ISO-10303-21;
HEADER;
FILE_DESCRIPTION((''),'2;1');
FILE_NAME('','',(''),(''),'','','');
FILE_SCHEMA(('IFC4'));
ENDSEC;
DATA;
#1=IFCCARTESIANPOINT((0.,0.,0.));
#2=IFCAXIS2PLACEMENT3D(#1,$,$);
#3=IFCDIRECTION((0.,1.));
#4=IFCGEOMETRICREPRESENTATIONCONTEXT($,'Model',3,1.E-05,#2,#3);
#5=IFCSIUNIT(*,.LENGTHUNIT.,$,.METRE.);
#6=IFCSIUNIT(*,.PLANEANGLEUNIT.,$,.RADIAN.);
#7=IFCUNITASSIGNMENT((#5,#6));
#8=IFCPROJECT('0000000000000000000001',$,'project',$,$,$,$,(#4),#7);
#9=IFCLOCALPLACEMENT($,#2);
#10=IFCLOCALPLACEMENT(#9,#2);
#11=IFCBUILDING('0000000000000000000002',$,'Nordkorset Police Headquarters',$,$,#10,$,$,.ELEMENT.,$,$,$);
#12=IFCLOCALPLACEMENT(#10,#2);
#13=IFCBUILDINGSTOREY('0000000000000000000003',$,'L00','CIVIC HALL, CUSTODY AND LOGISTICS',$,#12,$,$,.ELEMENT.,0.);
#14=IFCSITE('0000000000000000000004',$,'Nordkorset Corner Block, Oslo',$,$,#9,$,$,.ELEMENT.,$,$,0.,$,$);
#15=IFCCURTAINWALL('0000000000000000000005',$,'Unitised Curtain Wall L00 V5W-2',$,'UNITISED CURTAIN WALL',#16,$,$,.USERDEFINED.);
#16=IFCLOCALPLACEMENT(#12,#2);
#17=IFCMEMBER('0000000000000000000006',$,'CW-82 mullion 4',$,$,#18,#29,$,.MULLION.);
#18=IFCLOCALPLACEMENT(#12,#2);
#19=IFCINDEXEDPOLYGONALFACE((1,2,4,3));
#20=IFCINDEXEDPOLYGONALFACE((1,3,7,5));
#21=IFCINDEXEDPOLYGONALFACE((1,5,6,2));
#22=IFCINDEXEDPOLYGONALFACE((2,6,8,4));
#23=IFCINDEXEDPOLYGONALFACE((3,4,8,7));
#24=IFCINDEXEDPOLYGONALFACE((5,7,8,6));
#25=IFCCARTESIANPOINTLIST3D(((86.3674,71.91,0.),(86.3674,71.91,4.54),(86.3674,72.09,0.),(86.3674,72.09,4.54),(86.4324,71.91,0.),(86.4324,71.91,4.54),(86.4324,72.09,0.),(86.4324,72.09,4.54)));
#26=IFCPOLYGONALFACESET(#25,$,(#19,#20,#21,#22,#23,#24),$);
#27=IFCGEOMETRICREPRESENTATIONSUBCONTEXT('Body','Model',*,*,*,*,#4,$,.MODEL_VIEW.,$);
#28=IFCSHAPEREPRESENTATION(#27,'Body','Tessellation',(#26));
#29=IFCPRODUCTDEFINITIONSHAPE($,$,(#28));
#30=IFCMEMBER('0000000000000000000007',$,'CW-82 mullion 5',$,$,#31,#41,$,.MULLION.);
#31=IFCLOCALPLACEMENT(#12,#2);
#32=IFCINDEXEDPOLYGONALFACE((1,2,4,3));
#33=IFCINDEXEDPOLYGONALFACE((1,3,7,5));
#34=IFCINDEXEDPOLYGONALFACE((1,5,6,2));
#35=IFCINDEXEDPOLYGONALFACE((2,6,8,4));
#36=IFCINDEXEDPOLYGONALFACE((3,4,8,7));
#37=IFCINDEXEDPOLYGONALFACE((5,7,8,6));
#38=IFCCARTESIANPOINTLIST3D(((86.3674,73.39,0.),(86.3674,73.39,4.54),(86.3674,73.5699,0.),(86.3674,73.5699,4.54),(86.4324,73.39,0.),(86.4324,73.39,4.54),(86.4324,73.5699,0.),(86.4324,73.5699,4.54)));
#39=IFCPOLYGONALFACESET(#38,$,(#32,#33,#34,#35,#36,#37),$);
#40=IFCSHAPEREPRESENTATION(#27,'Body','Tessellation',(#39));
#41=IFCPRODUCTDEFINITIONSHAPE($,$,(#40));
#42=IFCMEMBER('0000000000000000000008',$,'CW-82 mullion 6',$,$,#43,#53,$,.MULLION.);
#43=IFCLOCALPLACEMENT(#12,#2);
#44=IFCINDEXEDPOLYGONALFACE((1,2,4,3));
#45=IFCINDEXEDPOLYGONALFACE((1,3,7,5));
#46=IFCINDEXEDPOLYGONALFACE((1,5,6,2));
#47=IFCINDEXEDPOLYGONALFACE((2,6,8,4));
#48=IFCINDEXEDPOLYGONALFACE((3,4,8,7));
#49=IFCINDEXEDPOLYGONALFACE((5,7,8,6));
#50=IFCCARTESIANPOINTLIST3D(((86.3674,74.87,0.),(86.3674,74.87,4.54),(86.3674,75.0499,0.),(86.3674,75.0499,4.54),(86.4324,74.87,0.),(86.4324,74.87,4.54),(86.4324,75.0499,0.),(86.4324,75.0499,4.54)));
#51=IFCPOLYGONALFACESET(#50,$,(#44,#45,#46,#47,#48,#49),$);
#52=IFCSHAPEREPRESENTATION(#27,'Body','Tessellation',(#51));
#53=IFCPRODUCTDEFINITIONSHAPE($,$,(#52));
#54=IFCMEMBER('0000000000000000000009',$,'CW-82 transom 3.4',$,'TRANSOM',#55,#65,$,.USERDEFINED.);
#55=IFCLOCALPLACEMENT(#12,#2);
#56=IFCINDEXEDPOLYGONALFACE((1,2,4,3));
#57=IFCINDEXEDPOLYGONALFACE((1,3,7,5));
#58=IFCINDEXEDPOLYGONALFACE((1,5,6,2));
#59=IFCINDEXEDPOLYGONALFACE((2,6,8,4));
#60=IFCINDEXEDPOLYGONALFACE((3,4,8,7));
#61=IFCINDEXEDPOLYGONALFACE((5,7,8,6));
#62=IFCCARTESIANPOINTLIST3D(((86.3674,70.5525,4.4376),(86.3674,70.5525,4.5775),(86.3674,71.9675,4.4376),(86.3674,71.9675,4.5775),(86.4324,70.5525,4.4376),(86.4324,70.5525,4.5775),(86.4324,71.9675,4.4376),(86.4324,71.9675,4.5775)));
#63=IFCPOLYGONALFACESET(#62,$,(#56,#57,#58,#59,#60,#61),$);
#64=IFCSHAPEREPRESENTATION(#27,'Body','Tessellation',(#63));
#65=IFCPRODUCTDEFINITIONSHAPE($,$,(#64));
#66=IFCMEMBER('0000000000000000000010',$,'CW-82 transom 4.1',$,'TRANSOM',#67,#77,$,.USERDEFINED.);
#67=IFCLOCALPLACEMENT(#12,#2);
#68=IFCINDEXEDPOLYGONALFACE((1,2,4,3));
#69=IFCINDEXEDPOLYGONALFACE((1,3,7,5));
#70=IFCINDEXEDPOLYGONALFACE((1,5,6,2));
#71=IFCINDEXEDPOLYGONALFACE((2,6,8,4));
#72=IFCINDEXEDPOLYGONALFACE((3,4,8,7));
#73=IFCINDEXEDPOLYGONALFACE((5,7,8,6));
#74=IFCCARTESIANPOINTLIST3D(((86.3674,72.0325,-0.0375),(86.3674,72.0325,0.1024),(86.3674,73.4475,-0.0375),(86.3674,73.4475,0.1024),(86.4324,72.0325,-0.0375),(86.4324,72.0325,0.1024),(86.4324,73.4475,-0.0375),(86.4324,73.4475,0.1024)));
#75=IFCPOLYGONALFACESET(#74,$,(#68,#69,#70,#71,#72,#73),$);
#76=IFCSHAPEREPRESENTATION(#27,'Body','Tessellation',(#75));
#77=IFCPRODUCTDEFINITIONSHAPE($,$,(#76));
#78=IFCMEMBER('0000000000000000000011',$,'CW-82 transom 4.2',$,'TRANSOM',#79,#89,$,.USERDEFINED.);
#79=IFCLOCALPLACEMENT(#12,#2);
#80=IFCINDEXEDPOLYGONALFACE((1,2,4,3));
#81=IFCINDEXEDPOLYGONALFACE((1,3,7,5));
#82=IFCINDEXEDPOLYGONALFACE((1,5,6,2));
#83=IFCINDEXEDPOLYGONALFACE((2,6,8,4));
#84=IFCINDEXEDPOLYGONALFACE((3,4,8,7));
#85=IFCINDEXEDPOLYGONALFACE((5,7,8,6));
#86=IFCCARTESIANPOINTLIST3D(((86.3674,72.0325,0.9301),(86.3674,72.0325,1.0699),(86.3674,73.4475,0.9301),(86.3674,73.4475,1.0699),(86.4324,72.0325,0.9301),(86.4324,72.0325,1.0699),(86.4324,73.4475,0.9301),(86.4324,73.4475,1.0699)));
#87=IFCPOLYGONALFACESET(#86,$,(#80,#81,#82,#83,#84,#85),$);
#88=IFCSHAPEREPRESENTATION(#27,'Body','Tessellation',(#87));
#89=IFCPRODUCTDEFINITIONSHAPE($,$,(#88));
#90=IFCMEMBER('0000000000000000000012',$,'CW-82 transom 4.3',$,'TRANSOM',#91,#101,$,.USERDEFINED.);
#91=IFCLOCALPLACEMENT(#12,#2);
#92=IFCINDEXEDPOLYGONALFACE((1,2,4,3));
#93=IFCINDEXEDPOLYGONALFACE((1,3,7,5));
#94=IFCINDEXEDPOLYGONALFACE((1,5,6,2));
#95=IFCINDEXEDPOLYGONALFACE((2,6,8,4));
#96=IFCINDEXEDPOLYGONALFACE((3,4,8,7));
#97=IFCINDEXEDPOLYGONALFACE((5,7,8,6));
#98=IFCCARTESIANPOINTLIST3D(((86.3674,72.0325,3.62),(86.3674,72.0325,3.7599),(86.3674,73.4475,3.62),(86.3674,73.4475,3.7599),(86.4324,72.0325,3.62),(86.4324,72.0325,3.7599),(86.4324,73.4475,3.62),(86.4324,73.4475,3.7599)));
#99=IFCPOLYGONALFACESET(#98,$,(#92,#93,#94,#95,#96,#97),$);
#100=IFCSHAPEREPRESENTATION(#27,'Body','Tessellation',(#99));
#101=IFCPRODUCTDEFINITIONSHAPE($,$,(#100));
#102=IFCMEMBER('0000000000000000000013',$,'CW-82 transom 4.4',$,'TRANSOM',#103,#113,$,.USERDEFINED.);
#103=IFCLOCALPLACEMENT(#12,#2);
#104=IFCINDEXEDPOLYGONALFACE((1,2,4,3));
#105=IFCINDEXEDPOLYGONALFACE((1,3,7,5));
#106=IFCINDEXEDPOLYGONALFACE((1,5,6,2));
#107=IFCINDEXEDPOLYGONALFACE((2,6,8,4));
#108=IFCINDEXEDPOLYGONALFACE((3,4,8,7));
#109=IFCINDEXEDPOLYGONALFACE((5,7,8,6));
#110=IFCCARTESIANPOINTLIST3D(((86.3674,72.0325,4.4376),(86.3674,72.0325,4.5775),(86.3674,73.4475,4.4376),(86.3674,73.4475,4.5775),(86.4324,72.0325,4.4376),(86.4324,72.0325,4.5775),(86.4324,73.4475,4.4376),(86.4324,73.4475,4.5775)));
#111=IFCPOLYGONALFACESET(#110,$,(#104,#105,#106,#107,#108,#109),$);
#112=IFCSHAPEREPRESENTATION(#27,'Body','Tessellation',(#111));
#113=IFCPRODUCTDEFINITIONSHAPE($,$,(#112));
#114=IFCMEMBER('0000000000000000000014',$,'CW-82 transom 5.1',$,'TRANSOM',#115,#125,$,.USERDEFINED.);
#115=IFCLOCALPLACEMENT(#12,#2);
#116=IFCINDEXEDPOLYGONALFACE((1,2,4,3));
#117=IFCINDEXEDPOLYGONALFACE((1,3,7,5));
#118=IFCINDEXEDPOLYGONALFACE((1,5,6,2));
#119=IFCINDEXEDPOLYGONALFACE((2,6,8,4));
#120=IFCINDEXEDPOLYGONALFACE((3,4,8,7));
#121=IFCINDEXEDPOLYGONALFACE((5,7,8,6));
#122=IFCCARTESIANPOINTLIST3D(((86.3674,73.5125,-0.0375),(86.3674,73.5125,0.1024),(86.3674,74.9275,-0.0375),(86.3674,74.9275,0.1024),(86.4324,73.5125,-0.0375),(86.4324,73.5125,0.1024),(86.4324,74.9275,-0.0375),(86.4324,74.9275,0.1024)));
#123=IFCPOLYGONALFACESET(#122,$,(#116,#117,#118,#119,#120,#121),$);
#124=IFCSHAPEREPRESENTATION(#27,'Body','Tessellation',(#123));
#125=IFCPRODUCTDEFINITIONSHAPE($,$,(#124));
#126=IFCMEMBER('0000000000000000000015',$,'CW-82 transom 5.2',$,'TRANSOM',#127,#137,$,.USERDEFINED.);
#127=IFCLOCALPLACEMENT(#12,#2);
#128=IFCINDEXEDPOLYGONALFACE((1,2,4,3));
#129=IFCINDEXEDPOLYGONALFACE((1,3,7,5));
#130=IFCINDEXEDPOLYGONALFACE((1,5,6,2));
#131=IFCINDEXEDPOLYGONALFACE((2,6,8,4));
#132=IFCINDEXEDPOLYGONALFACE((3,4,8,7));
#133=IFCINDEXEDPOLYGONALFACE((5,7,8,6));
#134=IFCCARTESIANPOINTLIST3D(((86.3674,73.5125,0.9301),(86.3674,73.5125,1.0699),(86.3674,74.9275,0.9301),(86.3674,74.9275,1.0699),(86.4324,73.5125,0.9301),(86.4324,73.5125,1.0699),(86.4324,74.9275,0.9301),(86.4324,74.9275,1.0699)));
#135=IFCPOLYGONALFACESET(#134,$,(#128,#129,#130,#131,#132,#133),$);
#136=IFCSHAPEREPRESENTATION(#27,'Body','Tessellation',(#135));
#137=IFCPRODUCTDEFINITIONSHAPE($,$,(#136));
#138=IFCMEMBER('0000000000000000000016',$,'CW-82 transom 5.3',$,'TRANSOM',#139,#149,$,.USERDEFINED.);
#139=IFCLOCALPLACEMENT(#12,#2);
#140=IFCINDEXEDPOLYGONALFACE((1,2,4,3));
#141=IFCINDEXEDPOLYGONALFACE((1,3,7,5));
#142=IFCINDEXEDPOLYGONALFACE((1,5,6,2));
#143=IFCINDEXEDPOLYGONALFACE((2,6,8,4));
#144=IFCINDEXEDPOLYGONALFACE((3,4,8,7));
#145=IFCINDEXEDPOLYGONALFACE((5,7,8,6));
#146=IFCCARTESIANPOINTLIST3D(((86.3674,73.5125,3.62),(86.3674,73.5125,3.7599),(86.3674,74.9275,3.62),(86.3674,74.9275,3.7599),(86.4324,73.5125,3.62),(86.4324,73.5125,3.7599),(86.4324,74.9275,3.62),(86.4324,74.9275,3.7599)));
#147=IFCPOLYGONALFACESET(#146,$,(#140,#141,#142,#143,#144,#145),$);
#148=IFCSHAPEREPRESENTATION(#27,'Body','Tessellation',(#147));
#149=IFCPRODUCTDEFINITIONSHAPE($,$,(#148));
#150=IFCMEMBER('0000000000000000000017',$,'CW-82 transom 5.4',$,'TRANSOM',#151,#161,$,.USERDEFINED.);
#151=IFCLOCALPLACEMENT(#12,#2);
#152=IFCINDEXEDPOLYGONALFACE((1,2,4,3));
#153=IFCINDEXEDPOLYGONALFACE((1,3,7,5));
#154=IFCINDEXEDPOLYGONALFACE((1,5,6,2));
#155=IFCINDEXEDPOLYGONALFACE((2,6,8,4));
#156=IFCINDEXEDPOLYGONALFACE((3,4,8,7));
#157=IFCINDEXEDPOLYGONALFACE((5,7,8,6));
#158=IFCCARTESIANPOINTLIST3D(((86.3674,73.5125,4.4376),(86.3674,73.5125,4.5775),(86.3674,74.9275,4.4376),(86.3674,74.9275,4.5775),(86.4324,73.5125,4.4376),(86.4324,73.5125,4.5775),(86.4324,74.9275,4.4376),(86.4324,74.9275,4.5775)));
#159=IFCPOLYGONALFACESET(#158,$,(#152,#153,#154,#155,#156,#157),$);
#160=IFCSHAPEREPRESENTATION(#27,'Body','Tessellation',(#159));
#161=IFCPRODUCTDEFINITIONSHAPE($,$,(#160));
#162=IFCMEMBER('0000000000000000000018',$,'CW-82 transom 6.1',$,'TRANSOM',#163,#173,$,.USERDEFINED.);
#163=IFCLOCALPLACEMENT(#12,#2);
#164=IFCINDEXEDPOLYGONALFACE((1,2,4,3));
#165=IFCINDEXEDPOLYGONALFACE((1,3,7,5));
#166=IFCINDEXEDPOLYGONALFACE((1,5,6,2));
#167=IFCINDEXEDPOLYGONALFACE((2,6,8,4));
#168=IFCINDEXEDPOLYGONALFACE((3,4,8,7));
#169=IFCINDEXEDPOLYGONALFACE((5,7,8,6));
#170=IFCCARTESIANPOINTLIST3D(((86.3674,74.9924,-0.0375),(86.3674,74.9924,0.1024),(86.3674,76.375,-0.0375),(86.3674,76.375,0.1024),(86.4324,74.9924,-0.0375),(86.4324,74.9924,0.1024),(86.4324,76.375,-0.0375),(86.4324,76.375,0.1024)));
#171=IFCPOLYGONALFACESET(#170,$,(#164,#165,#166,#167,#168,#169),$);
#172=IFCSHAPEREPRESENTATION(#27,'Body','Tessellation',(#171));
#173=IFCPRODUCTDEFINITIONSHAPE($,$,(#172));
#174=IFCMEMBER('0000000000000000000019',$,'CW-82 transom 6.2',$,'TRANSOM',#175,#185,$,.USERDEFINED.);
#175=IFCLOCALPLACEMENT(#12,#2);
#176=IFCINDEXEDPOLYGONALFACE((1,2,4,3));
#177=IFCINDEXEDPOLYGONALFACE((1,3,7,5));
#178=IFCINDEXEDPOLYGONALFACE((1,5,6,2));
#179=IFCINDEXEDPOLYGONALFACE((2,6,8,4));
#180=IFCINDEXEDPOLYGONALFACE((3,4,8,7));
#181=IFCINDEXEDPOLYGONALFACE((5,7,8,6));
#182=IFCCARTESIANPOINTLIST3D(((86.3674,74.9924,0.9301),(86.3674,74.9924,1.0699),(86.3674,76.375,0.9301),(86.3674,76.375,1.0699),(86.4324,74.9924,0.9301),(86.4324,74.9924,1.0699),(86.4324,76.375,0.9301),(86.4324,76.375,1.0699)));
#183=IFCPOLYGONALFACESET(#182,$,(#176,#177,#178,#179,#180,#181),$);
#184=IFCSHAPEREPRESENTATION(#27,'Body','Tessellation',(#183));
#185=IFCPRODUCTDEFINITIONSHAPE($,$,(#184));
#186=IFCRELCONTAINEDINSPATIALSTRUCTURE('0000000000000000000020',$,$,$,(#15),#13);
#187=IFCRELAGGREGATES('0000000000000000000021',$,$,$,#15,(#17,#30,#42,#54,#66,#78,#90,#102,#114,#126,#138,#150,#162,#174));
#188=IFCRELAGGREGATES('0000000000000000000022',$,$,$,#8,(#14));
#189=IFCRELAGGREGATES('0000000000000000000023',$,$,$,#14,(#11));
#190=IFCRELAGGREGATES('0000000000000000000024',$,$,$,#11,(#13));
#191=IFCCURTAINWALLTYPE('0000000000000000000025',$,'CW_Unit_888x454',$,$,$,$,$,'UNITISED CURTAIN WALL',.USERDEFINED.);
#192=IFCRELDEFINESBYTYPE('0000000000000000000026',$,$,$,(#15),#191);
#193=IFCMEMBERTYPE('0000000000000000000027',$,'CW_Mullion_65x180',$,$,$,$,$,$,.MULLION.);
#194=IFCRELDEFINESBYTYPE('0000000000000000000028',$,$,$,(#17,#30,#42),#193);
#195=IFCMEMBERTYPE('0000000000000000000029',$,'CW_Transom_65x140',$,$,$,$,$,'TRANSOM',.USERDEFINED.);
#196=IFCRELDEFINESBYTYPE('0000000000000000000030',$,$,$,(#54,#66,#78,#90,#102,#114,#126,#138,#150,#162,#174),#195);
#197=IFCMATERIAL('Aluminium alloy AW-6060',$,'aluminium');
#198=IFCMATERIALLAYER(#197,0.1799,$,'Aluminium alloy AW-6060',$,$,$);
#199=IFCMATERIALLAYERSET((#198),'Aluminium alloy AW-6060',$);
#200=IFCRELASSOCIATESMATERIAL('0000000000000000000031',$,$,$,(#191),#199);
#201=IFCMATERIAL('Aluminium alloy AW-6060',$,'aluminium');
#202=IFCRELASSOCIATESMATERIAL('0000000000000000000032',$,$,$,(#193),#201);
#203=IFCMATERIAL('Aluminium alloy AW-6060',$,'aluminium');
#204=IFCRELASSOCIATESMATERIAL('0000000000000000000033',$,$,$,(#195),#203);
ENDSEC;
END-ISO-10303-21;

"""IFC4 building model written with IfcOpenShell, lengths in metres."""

from ifc_helpers import new_model, si_unit, direction, frame, origin, origin_2d, place, context, subcontext, project, spatial, rectangle, extrude, material, layer, layer_set, material_profile, profile_set, type_object, element, aggregate, save


model = new_model("IFC4")

# Units and contexts
model_context = context("Model", 3, precision=1e-05, world=origin(), true_north=direction((0.0, 1.0)))
body_context = subcontext(model_context, "Body", "Model", "MODEL_VIEW")
ifc_project = project(units=[si_unit("LENGTHUNIT", "METRE"), si_unit("PLANEANGLEUNIT", "RADIAN")], contexts=[model_context])

# Site, building, storey
site_placement = place(None, origin())
site = spatial("IfcSite", under=ifc_project, at=site_placement, Name="Nordkorset Corner Block, Oslo", CompositionType="ELEMENT", RefElevation=0.0)
building_placement = place(site_placement, origin())
building = spatial("IfcBuilding", under=site, at=building_placement, Name="Nordkorset Police Headquarters", CompositionType="ELEMENT")
storey_placement = place(building_placement, origin())
storey = spatial("IfcBuildingStorey", under=building, at=storey_placement, Name="L00", Description="CIVIC HALL, CUSTODY AND LOGISTICS", CompositionType="ELEMENT", Elevation=0.0)

# Curtain wall, members
ifc_material_1 = material(Name="Aluminium alloy AW-6060", Category="aluminium")
ifc_layer_1 = layer(ifc_material_1, 0.1799, Name="Aluminium alloy AW-6060")
ifc_layer_set_1 = layer_set([ifc_layer_1], Name="Aluminium alloy AW-6060")
curtain_wall_type = type_object("IfcCurtainWallType", Name="CW_Unit_888x454", ElementType="UNITISED CURTAIN WALL", PredefinedType="USERDEFINED", material=ifc_layer_set_1)
curtain_wall_placement = place(storey_placement, origin())
curtain_wall = element("IfcCurtainWall", 1, at=curtain_wall_placement, inside=storey, type_object=curtain_wall_type, Name="Unitised Curtain Wall L00 V5W-2", ObjectType="UNITISED CURTAIN WALL", PredefinedType="USERDEFINED")
ifc_material_2 = material(Name="Aluminium alloy AW-6060", Category="aluminium")
ifc_material_profile_1 = material_profile(ifc_material_2, rectangle(XDim=0.0649, YDim=0.1799, at=origin_2d()), Name="ALU MULL 65x180")
ifc_profile_set_1 = profile_set([ifc_material_profile_1], Name="Aluminium alloy AW-6060")
member_type_1 = type_object("IfcMemberType", Name="CW_Mullion_65x180", PredefinedType="MULLION", material=ifc_profile_set_1)
member_1_placement = place(storey_placement, frame((86.3999, 72.0, 0.0), z_axis=(0.0, 0.0, 1.0), x_axis=(-1.0, 0.0, 0.0)))
member_1 = element("IfcMember", 2, at=member_1_placement, type_object=member_type_1, Name="CW-82 mullion 4", PredefinedType="MULLION", context=body_context, shape_type="SweptSolid", body=[
    extrude(rectangle(XDim=0.0649, YDim=0.1799, at=origin_2d()), origin(), (0.0, 0.0, 1.0), 4.54),
])
member_2_placement = place(storey_placement, frame((86.3999, 73.48, 0.0), z_axis=(0.0, 0.0, 1.0), x_axis=(-1.0, 0.0, 0.0)))
member_2 = element("IfcMember", 3, at=member_2_placement, type_object=member_type_1, Name="CW-82 mullion 5", PredefinedType="MULLION", context=body_context, shape_type="SweptSolid", body=[
    extrude(rectangle(XDim=0.0649, YDim=0.1799, at=origin_2d()), origin(), (0.0, 0.0, 1.0), 4.54),
])
member_3_placement = place(storey_placement, frame((86.3999, 74.96, 0.0), z_axis=(0.0, 0.0, 1.0), x_axis=(-1.0, 0.0, 0.0)))
member_3 = element("IfcMember", 4, at=member_3_placement, type_object=member_type_1, Name="CW-82 mullion 6", PredefinedType="MULLION", context=body_context, shape_type="SweptSolid", body=[
    extrude(rectangle(XDim=0.0649, YDim=0.1799, at=origin_2d()), origin(), (0.0, 0.0, 1.0), 4.54),
])
ifc_material_3 = material(Name="Aluminium alloy AW-6060", Category="aluminium")
ifc_material_profile_2 = material_profile(ifc_material_3, rectangle(XDim=0.0649, YDim=0.1399, at=origin_2d()), Name="ALU TRAN 65x140")
ifc_profile_set_2 = profile_set([ifc_material_profile_2], Name="Aluminium alloy AW-6060")
member_type_2 = type_object("IfcMemberType", Name="CW_Transom_65x140", ElementType="TRANSOM", PredefinedType="USERDEFINED", material=ifc_profile_set_2)
member_4_placement = place(storey_placement, frame((86.3999, 70.5525, 4.5076), z_axis=(0.0, 1.0, 0.0), x_axis=(-1.0, 0.0, 0.0)))
member_4 = element("IfcMember", 5, at=member_4_placement, type_object=member_type_2, Name="CW-82 transom 3.4", ObjectType="TRANSOM", PredefinedType="USERDEFINED", context=body_context, shape_type="SweptSolid", body=[
    extrude(rectangle(XDim=0.0649, YDim=0.1399, at=origin_2d()), origin(), (0.0, 0.0, 1.0), 1.415),
])
member_5_placement = place(storey_placement, frame((86.3999, 72.0325, 0.0325), z_axis=(0.0, 1.0, 0.0), x_axis=(-1.0, 0.0, 0.0)))
member_5 = element("IfcMember", 6, at=member_5_placement, type_object=member_type_2, Name="CW-82 transom 4.1", ObjectType="TRANSOM", PredefinedType="USERDEFINED", context=body_context, shape_type="SweptSolid", body=[
    extrude(rectangle(XDim=0.0649, YDim=0.1399, at=origin_2d()), origin(), (0.0, 0.0, 1.0), 1.415),
])
member_6_placement = place(storey_placement, frame((86.3999, 72.0325, 1.0), z_axis=(0.0, 1.0, 0.0), x_axis=(-1.0, 0.0, 0.0)))
member_6 = element("IfcMember", 7, at=member_6_placement, type_object=member_type_2, Name="CW-82 transom 4.2", ObjectType="TRANSOM", PredefinedType="USERDEFINED", context=body_context, shape_type="SweptSolid", body=[
    extrude(rectangle(XDim=0.0649, YDim=0.1399, at=origin_2d()), origin(), (0.0, 0.0, 1.0), 1.415),
])
member_7_placement = place(storey_placement, frame((86.3999, 72.0325, 3.6899), z_axis=(0.0, 1.0, 0.0), x_axis=(-1.0, 0.0, 0.0)))
member_7 = element("IfcMember", 8, at=member_7_placement, type_object=member_type_2, Name="CW-82 transom 4.3", ObjectType="TRANSOM", PredefinedType="USERDEFINED", context=body_context, shape_type="SweptSolid", body=[
    extrude(rectangle(XDim=0.0649, YDim=0.1399, at=origin_2d()), origin(), (0.0, 0.0, 1.0), 1.415),
])
member_8_placement = place(storey_placement, frame((86.3999, 72.0325, 4.5076), z_axis=(0.0, 1.0, 0.0), x_axis=(-1.0, 0.0, 0.0)))
member_8 = element("IfcMember", 9, at=member_8_placement, type_object=member_type_2, Name="CW-82 transom 4.4", ObjectType="TRANSOM", PredefinedType="USERDEFINED", context=body_context, shape_type="SweptSolid", body=[
    extrude(rectangle(XDim=0.0649, YDim=0.1399, at=origin_2d()), origin(), (0.0, 0.0, 1.0), 1.415),
])
member_9_placement = place(storey_placement, frame((86.3999, 73.5125, 0.0325), z_axis=(0.0, 1.0, 0.0), x_axis=(-1.0, 0.0, 0.0)))
member_9 = element("IfcMember", 10, at=member_9_placement, type_object=member_type_2, Name="CW-82 transom 5.1", ObjectType="TRANSOM", PredefinedType="USERDEFINED", context=body_context, shape_type="SweptSolid", body=[
    extrude(rectangle(XDim=0.0649, YDim=0.1399, at=origin_2d()), origin(), (0.0, 0.0, 1.0), 1.415),
])
member_10_placement = place(storey_placement, frame((86.3999, 73.5125, 1.0), z_axis=(0.0, 1.0, 0.0), x_axis=(-1.0, 0.0, 0.0)))
member_10 = element("IfcMember", 11, at=member_10_placement, type_object=member_type_2, Name="CW-82 transom 5.2", ObjectType="TRANSOM", PredefinedType="USERDEFINED", context=body_context, shape_type="SweptSolid", body=[
    extrude(rectangle(XDim=0.0649, YDim=0.1399, at=origin_2d()), origin(), (0.0, 0.0, 1.0), 1.415),
])
member_11_placement = place(storey_placement, frame((86.3999, 73.5125, 3.6899), z_axis=(0.0, 1.0, 0.0), x_axis=(-1.0, 0.0, 0.0)))
member_11 = element("IfcMember", 12, at=member_11_placement, type_object=member_type_2, Name="CW-82 transom 5.3", ObjectType="TRANSOM", PredefinedType="USERDEFINED", context=body_context, shape_type="SweptSolid", body=[
    extrude(rectangle(XDim=0.0649, YDim=0.1399, at=origin_2d()), origin(), (0.0, 0.0, 1.0), 1.415),
])
member_12_placement = place(storey_placement, frame((86.3999, 73.5125, 4.5076), z_axis=(0.0, 1.0, 0.0), x_axis=(-1.0, 0.0, 0.0)))
member_12 = element("IfcMember", 13, at=member_12_placement, type_object=member_type_2, Name="CW-82 transom 5.4", ObjectType="TRANSOM", PredefinedType="USERDEFINED", context=body_context, shape_type="SweptSolid", body=[
    extrude(rectangle(XDim=0.0649, YDim=0.1399, at=origin_2d()), origin(), (0.0, 0.0, 1.0), 1.415),
])
member_13_placement = place(storey_placement, frame((86.3999, 74.9924, 0.0325), z_axis=(0.0, 1.0, 0.0), x_axis=(-1.0, 0.0, 0.0)))
member_13 = element("IfcMember", 14, at=member_13_placement, type_object=member_type_2, Name="CW-82 transom 6.1", ObjectType="TRANSOM", PredefinedType="USERDEFINED", context=body_context, shape_type="SweptSolid", body=[
    extrude(rectangle(XDim=0.0649, YDim=0.1399, at=origin_2d()), origin(), (0.0, 0.0, 1.0), 1.3826),
])
member_14_placement = place(storey_placement, frame((86.3999, 74.9924, 1.0), z_axis=(0.0, 1.0, 0.0), x_axis=(-1.0, 0.0, 0.0)))
member_14 = element("IfcMember", 15, at=member_14_placement, type_object=member_type_2, Name="CW-82 transom 6.2", ObjectType="TRANSOM", PredefinedType="USERDEFINED", context=body_context, shape_type="SweptSolid", body=[
    extrude(rectangle(XDim=0.0649, YDim=0.1399, at=origin_2d()), origin(), (0.0, 0.0, 1.0), 1.3826),
])
aggregate(curtain_wall, [member_1, member_2, member_3, member_4, member_5, member_6, member_7, member_8, member_9, member_10, member_11, member_12, member_13, member_14])

save(model, "model.ifc")
